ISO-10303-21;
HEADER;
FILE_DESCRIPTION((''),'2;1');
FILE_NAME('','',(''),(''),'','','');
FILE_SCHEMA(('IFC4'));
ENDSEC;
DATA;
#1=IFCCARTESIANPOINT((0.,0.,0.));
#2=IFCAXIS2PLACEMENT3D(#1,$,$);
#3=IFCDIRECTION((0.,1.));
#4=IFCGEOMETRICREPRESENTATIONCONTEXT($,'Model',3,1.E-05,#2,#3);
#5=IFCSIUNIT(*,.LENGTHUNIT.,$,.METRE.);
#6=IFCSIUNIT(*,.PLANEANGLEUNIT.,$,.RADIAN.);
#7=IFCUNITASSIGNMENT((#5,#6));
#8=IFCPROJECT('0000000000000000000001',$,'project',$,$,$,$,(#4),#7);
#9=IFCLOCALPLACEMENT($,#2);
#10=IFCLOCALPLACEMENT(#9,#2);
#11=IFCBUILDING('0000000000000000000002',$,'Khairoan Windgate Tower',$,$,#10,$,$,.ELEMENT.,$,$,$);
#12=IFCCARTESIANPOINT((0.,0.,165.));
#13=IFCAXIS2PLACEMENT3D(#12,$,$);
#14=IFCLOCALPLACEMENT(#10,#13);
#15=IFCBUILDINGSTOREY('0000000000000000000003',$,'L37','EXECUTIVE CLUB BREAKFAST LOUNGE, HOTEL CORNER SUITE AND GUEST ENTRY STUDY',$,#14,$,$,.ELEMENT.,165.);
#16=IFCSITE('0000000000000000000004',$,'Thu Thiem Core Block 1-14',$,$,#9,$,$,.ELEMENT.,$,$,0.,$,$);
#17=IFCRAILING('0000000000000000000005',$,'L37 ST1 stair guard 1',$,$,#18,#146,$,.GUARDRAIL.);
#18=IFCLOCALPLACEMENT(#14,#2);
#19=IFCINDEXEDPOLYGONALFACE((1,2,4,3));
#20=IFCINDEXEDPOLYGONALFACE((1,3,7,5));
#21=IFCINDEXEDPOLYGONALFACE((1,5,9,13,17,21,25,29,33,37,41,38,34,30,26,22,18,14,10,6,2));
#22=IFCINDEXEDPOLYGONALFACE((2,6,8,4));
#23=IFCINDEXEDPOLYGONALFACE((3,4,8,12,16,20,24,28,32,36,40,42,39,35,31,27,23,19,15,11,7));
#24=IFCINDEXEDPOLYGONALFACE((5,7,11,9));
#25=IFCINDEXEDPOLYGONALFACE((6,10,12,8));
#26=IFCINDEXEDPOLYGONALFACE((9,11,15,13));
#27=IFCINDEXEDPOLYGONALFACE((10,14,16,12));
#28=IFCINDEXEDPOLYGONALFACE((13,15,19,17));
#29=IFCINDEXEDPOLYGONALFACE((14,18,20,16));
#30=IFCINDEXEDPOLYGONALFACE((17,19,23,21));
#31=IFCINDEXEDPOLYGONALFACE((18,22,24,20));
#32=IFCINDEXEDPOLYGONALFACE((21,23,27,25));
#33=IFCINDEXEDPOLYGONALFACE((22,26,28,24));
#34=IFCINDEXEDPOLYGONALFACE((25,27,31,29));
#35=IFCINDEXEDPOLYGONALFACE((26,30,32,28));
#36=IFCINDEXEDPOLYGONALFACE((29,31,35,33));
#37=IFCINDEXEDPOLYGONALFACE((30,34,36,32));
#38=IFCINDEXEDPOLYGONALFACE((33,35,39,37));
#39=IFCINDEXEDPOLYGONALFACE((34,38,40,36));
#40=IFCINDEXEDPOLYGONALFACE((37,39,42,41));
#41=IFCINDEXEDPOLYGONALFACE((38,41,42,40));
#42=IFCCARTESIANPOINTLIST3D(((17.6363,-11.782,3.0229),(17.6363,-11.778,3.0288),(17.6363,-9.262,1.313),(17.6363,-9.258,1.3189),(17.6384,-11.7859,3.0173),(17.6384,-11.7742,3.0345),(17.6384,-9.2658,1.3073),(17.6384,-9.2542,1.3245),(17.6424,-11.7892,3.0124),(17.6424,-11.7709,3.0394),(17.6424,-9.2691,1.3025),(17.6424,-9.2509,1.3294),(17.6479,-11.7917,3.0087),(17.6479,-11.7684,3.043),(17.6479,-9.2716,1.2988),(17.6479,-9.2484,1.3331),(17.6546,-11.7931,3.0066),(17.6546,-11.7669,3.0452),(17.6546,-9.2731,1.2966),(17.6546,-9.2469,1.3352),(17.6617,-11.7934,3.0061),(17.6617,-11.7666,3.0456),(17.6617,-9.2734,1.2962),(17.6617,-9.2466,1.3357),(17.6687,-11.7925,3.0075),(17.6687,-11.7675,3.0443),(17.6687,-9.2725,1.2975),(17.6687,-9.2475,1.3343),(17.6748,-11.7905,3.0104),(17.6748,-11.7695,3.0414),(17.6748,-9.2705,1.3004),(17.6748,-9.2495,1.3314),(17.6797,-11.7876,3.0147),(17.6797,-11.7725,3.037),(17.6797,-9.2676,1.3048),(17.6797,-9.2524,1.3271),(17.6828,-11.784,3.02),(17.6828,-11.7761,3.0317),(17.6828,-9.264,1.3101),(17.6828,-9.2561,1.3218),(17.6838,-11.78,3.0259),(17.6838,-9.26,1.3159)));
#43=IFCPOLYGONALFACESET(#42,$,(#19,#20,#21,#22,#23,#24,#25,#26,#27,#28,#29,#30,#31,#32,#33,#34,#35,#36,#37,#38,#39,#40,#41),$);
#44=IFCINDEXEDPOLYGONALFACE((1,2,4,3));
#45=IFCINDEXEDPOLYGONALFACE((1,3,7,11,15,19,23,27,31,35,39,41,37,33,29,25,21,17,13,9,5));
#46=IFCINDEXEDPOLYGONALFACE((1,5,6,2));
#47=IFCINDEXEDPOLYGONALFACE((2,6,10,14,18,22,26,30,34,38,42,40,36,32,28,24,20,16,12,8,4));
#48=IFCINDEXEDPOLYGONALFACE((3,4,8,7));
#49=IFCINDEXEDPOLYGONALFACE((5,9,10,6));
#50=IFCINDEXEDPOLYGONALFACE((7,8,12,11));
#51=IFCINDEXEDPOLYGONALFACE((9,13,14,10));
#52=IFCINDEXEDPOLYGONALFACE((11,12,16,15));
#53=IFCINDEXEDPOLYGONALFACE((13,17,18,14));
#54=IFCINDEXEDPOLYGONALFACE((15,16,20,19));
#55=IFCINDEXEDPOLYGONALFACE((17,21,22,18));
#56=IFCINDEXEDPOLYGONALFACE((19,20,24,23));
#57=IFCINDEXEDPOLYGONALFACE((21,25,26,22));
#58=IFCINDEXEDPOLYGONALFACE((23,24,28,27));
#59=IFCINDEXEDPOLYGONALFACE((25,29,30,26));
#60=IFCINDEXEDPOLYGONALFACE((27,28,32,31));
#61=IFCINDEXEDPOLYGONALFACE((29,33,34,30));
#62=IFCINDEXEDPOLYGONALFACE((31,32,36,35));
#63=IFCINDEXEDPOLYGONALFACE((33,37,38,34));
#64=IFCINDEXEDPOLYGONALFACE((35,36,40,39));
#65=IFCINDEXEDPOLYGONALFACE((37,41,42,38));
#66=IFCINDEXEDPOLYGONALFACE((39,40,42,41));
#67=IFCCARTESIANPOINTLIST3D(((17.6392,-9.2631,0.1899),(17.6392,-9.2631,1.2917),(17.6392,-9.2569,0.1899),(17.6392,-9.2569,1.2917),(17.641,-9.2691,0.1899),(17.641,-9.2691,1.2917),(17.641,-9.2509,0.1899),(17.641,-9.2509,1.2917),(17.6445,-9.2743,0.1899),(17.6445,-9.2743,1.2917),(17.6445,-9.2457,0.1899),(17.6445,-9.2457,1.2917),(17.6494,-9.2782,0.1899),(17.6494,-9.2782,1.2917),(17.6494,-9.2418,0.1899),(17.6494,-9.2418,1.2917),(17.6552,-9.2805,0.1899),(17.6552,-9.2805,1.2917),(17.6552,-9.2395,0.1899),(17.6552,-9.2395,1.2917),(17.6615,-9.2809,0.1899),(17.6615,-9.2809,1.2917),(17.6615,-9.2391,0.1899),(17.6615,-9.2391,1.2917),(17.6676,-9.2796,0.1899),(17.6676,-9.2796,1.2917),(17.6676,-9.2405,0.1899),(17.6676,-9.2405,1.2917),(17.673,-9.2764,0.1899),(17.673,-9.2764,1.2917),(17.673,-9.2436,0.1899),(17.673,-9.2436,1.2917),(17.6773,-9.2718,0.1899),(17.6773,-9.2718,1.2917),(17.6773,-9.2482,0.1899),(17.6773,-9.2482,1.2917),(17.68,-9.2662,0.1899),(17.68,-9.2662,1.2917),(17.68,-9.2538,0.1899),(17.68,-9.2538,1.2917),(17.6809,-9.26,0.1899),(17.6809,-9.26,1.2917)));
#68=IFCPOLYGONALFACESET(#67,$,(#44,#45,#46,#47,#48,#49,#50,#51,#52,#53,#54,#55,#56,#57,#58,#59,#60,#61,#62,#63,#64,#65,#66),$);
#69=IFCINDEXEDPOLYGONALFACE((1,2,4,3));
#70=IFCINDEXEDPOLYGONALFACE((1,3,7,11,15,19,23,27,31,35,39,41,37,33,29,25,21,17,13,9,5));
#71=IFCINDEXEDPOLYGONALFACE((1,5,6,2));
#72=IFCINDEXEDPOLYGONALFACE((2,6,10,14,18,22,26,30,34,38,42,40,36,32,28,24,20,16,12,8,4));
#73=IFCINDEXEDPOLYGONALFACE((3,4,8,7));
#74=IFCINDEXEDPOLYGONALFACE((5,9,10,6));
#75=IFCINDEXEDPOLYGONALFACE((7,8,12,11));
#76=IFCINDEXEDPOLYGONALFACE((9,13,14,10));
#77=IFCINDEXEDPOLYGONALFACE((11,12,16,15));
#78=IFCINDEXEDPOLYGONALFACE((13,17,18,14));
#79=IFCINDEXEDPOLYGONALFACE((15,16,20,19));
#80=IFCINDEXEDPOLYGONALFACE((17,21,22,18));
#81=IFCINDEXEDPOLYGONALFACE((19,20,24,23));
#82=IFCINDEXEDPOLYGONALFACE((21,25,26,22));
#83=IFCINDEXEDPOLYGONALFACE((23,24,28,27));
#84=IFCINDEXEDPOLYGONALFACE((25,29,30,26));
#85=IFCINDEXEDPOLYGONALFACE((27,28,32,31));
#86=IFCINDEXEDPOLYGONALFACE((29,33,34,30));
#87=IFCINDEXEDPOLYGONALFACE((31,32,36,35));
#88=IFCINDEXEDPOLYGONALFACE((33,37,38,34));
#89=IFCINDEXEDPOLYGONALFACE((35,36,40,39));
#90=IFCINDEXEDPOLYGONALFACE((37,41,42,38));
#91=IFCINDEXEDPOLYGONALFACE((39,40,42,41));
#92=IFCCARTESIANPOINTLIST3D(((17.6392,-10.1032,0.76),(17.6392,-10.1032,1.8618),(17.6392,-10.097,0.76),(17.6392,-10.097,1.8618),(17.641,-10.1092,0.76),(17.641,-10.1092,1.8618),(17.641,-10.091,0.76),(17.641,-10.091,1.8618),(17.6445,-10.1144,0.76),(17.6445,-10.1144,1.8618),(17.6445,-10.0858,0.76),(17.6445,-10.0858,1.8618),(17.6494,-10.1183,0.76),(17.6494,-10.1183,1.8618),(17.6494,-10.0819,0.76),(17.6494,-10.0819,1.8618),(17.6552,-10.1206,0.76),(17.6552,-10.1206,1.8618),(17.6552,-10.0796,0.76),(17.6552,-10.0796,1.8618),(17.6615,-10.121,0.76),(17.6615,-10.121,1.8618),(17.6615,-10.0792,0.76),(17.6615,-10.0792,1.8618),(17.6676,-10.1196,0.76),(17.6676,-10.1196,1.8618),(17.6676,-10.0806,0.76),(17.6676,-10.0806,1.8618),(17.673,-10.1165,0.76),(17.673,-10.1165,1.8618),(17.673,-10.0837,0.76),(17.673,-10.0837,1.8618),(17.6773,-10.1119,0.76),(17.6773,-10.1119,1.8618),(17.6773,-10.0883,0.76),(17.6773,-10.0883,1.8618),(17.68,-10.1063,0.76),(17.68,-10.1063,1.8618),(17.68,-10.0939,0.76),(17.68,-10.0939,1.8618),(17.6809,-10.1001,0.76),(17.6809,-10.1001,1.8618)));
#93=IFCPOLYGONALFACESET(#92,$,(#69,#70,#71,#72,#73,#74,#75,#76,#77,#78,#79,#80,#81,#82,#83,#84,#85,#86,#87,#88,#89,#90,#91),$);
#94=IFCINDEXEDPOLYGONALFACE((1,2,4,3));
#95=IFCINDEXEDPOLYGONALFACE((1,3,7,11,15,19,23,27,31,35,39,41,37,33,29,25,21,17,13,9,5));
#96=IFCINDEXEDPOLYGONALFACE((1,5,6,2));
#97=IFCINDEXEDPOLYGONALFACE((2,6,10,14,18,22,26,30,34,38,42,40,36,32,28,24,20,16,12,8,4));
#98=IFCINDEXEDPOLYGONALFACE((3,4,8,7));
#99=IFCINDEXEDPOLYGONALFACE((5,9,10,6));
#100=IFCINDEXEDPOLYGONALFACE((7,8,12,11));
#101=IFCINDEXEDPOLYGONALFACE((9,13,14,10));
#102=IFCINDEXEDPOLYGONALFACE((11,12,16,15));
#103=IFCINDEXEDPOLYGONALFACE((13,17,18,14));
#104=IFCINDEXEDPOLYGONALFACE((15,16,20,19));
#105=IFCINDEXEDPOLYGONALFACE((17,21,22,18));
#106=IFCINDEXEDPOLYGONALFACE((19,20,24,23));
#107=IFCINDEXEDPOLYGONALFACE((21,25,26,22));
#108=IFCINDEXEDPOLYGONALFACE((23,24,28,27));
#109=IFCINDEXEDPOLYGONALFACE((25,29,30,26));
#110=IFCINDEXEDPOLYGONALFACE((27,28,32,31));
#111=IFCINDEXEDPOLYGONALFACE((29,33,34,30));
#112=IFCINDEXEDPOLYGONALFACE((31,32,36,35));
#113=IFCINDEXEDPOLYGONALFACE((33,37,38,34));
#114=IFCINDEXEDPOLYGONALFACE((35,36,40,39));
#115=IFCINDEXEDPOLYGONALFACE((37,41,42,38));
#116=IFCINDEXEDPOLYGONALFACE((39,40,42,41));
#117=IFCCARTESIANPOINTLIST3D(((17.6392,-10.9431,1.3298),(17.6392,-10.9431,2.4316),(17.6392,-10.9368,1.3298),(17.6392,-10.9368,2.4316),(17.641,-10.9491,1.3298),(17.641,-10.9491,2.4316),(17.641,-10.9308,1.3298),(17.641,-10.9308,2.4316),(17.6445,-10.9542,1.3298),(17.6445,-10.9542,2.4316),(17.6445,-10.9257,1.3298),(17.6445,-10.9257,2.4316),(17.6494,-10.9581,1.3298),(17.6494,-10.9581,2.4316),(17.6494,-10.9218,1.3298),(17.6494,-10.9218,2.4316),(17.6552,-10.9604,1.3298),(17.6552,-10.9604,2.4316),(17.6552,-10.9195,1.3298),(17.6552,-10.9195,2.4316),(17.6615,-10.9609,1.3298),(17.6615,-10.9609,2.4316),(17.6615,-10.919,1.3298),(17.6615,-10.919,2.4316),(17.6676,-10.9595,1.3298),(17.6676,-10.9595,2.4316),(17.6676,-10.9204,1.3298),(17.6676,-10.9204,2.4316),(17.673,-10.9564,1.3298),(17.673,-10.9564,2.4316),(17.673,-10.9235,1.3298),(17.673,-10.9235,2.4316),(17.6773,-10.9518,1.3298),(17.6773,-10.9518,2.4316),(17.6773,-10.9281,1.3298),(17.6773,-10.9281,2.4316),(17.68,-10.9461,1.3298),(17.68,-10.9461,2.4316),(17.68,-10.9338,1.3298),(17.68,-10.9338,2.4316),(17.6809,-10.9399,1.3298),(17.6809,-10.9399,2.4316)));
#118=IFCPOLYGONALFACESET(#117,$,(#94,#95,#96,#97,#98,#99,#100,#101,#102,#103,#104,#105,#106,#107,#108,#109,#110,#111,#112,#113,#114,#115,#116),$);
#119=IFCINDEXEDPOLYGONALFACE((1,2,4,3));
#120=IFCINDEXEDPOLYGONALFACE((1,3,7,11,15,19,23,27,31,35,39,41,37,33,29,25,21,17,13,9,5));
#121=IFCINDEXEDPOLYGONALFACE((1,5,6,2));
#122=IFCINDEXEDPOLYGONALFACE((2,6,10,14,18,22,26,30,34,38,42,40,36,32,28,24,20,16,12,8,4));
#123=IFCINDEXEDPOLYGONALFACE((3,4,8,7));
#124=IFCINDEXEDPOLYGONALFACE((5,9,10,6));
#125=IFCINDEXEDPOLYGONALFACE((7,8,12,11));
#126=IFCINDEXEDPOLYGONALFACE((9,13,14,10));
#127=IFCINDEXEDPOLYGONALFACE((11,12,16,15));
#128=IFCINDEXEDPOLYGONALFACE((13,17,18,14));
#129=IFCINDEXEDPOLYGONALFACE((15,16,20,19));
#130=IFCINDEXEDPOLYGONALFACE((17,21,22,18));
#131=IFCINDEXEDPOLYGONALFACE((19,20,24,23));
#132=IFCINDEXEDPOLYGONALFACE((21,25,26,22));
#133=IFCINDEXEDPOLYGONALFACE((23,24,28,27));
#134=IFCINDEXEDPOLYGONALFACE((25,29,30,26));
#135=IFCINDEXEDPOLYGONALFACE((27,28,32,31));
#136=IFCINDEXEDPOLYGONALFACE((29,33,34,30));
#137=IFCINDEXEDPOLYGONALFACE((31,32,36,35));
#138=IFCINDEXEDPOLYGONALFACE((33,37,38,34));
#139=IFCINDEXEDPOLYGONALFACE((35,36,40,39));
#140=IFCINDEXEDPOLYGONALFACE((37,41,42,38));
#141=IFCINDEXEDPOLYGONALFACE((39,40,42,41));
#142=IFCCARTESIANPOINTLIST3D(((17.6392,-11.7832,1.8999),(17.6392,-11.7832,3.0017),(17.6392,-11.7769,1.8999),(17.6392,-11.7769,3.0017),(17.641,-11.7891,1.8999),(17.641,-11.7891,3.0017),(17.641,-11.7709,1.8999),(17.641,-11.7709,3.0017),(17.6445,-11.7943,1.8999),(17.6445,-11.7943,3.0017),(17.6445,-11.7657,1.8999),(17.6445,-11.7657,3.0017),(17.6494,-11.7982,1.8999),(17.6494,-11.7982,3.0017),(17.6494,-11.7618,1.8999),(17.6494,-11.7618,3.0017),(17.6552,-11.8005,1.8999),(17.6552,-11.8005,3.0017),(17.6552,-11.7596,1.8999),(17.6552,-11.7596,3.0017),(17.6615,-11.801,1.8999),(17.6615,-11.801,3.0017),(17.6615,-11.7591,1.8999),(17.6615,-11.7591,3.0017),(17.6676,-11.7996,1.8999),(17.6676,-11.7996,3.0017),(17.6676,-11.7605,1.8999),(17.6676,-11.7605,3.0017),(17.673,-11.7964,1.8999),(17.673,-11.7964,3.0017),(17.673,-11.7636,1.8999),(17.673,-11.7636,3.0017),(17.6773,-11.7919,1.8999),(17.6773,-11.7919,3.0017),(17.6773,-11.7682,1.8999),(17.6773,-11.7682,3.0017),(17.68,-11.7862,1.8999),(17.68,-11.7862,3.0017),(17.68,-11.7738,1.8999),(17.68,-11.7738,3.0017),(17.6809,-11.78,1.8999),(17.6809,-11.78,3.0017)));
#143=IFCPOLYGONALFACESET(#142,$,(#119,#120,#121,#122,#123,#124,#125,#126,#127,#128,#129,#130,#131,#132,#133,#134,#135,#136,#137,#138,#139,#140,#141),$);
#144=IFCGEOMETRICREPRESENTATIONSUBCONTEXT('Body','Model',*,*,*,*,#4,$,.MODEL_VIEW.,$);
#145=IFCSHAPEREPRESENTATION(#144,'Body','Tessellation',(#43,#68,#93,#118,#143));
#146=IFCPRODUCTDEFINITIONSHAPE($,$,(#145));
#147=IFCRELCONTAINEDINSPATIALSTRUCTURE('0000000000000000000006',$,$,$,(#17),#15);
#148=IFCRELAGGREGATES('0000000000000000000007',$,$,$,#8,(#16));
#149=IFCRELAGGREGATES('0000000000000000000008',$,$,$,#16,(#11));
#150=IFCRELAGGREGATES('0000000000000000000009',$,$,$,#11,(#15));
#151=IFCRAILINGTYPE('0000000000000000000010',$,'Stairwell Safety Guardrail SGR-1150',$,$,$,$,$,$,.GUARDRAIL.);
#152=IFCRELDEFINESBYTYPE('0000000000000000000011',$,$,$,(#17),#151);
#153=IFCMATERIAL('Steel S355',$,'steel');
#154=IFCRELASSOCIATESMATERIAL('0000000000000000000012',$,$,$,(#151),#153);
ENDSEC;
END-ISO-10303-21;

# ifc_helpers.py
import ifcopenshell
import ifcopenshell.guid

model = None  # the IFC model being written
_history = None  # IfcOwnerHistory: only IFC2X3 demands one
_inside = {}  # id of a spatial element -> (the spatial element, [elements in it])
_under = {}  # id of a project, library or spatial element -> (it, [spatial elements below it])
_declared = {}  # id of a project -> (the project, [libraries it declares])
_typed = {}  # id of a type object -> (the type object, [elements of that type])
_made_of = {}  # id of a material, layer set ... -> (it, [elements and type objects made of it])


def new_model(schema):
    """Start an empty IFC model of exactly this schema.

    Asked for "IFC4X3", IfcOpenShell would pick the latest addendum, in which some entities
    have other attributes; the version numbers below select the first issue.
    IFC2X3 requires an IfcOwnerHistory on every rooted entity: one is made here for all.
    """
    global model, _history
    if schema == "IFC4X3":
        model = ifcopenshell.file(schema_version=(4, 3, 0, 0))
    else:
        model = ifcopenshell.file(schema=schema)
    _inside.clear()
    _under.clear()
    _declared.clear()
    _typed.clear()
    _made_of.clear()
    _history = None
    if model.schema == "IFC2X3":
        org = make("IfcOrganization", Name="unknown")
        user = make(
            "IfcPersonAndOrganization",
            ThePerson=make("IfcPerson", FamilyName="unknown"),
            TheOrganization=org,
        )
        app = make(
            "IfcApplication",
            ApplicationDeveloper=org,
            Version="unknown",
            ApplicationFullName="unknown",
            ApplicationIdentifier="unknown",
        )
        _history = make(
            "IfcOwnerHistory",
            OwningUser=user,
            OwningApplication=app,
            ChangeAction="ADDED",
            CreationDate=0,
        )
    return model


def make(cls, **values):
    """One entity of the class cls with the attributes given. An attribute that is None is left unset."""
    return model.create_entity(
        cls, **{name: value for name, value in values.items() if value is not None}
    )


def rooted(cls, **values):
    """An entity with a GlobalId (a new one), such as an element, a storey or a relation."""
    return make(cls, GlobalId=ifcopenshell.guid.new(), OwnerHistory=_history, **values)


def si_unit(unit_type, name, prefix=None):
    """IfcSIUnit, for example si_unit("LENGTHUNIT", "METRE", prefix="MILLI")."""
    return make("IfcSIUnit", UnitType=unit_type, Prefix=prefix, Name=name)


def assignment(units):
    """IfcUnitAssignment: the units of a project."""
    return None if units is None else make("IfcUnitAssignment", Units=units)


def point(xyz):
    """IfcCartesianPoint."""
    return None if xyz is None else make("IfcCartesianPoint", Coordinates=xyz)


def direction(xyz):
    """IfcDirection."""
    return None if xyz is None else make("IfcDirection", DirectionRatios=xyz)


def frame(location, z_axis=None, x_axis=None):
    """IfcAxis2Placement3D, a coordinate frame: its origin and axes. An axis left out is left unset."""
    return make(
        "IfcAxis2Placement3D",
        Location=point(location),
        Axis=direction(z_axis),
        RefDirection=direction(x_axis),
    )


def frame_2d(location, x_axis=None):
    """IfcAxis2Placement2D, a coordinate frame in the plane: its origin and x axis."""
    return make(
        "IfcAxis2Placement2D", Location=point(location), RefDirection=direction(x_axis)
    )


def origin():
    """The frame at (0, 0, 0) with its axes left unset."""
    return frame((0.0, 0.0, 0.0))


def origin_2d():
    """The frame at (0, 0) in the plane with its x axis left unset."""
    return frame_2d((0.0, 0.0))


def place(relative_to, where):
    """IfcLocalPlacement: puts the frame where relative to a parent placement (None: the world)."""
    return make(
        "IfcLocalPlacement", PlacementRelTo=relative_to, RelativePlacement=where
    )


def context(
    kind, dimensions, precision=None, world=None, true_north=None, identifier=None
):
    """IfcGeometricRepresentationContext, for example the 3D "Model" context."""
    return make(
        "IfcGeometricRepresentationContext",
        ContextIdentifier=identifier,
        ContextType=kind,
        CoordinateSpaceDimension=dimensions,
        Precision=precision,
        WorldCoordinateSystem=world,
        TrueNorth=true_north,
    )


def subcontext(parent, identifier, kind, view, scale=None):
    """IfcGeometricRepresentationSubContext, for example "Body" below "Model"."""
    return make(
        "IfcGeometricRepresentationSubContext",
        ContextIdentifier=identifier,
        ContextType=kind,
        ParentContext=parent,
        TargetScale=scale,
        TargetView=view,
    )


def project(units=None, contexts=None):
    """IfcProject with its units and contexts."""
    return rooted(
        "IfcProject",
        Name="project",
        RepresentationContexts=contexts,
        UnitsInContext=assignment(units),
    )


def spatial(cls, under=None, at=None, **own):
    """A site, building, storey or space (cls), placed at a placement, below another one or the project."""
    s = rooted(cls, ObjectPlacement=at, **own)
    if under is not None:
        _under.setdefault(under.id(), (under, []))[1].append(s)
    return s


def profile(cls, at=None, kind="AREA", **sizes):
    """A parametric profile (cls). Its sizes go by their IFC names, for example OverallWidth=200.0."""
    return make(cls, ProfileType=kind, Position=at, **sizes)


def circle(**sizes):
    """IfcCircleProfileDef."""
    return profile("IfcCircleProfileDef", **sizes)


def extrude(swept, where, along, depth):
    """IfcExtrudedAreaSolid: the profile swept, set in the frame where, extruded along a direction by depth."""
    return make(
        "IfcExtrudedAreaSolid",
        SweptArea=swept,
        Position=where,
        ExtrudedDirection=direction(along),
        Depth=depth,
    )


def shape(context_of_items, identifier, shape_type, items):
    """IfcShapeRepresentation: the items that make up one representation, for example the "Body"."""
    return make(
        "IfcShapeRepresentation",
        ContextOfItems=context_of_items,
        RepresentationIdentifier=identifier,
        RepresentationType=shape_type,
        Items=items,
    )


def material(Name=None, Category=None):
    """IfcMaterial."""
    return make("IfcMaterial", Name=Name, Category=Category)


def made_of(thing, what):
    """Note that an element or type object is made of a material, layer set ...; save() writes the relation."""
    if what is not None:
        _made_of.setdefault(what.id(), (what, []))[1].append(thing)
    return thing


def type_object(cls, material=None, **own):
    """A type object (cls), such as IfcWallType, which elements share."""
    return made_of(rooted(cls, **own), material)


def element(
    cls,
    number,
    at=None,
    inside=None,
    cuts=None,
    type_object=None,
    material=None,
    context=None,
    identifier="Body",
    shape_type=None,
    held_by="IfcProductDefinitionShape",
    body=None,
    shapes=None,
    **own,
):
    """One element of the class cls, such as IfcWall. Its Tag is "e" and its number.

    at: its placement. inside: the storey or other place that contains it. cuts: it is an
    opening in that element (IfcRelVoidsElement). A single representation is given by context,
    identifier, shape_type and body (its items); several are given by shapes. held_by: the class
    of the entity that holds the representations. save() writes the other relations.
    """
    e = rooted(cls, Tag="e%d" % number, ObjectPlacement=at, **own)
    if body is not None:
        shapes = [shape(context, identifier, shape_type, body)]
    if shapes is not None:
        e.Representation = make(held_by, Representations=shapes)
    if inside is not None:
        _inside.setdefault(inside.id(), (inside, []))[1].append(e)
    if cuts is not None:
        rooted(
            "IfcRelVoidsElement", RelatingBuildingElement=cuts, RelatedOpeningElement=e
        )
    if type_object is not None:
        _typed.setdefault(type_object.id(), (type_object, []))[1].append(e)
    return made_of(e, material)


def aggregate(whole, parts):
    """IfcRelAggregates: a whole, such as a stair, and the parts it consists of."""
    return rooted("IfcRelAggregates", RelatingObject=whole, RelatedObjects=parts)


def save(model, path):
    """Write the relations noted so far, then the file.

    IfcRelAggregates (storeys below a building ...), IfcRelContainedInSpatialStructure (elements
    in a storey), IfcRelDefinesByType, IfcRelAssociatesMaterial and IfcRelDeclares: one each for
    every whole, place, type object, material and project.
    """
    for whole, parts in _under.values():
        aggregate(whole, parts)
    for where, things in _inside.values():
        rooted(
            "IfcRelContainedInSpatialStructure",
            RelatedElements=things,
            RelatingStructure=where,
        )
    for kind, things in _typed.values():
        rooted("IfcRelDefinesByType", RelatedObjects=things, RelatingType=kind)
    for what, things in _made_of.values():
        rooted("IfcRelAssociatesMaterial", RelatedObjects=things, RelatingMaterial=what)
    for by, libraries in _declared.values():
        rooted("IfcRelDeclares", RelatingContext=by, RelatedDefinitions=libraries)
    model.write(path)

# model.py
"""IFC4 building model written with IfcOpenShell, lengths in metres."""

from ifc_helpers import new_model, si_unit, direction, frame, origin, origin_2d, place, context, subcontext, project, spatial, circle, extrude, material, type_object, element, save


model = new_model("IFC4")

# Units and contexts
model_context = context("Model", 3, precision=1e-05, world=origin(), true_north=direction((0.0, 1.0)))
body_context = subcontext(model_context, "Body", "Model", "MODEL_VIEW")
ifc_project = project(units=[si_unit("LENGTHUNIT", "METRE"), si_unit("PLANEANGLEUNIT", "RADIAN")], contexts=[model_context])

# Site, building, storey
site_placement = place(None, origin())
site = spatial("IfcSite", under=ifc_project, at=site_placement, Name="Thu Thiem Core Block 1-14", CompositionType="ELEMENT", RefElevation=0.0)
building_placement = place(site_placement, origin())
building = spatial("IfcBuilding", under=site, at=building_placement, Name="Khairoan Windgate Tower", CompositionType="ELEMENT")
storey_placement = place(building_placement, frame((0.0, 0.0, 165.0)))
storey = spatial("IfcBuildingStorey", under=building, at=storey_placement, Name="L37", Description="EXECUTIVE CLUB BREAKFAST LOUNGE, HOTEL CORNER SUITE AND GUEST ENTRY STUDY", CompositionType="ELEMENT", Elevation=165.0)

# Railing
ifc_material_1 = material(Name="Steel S355", Category="steel")
railing_type_1 = type_object("IfcRailingType", Name="Stairwell Safety Guardrail SGR-1150", PredefinedType="GUARDRAIL", material=ifc_material_1)
railing_1_placement = place(storey_placement, frame((17.6599, -9.26, 0.1899)))
element("IfcRailing", 1, at=railing_1_placement, inside=storey, type_object=railing_type_1, Name="L37 ST1 stair guard 1", PredefinedType="GUARDRAIL", context=body_context, shape_type="SweptSolid", body=[
    extrude(circle(Radius=0.0239, at=origin_2d()), frame((0.0, 0.0, 1.126), z_axis=(0.0, -0.827484, 0.56149), x_axis=(1.0, 0.0, 0.0)), (0.0, 0.0, 1.0), 3.0454),
    extrude(circle(Radius=0.021, at=origin_2d()), origin(), (0.0, 0.0, 1.0), 1.1018),
    extrude(circle(Radius=0.021, at=origin_2d()), frame((0.0, -0.8401, 0.5701)), (0.0, 0.0, 1.0), 1.1018),
    extrude(circle(Radius=0.021, at=origin_2d()), frame((0.0, -1.6799, 1.1399)), (0.0, 0.0, 1.0), 1.1018),
    extrude(circle(Radius=0.021, at=origin_2d()), frame((0.0, -2.52, 1.71)), (0.0, 0.0, 1.0), 1.1018),
])

save(model, "model.ifc")
